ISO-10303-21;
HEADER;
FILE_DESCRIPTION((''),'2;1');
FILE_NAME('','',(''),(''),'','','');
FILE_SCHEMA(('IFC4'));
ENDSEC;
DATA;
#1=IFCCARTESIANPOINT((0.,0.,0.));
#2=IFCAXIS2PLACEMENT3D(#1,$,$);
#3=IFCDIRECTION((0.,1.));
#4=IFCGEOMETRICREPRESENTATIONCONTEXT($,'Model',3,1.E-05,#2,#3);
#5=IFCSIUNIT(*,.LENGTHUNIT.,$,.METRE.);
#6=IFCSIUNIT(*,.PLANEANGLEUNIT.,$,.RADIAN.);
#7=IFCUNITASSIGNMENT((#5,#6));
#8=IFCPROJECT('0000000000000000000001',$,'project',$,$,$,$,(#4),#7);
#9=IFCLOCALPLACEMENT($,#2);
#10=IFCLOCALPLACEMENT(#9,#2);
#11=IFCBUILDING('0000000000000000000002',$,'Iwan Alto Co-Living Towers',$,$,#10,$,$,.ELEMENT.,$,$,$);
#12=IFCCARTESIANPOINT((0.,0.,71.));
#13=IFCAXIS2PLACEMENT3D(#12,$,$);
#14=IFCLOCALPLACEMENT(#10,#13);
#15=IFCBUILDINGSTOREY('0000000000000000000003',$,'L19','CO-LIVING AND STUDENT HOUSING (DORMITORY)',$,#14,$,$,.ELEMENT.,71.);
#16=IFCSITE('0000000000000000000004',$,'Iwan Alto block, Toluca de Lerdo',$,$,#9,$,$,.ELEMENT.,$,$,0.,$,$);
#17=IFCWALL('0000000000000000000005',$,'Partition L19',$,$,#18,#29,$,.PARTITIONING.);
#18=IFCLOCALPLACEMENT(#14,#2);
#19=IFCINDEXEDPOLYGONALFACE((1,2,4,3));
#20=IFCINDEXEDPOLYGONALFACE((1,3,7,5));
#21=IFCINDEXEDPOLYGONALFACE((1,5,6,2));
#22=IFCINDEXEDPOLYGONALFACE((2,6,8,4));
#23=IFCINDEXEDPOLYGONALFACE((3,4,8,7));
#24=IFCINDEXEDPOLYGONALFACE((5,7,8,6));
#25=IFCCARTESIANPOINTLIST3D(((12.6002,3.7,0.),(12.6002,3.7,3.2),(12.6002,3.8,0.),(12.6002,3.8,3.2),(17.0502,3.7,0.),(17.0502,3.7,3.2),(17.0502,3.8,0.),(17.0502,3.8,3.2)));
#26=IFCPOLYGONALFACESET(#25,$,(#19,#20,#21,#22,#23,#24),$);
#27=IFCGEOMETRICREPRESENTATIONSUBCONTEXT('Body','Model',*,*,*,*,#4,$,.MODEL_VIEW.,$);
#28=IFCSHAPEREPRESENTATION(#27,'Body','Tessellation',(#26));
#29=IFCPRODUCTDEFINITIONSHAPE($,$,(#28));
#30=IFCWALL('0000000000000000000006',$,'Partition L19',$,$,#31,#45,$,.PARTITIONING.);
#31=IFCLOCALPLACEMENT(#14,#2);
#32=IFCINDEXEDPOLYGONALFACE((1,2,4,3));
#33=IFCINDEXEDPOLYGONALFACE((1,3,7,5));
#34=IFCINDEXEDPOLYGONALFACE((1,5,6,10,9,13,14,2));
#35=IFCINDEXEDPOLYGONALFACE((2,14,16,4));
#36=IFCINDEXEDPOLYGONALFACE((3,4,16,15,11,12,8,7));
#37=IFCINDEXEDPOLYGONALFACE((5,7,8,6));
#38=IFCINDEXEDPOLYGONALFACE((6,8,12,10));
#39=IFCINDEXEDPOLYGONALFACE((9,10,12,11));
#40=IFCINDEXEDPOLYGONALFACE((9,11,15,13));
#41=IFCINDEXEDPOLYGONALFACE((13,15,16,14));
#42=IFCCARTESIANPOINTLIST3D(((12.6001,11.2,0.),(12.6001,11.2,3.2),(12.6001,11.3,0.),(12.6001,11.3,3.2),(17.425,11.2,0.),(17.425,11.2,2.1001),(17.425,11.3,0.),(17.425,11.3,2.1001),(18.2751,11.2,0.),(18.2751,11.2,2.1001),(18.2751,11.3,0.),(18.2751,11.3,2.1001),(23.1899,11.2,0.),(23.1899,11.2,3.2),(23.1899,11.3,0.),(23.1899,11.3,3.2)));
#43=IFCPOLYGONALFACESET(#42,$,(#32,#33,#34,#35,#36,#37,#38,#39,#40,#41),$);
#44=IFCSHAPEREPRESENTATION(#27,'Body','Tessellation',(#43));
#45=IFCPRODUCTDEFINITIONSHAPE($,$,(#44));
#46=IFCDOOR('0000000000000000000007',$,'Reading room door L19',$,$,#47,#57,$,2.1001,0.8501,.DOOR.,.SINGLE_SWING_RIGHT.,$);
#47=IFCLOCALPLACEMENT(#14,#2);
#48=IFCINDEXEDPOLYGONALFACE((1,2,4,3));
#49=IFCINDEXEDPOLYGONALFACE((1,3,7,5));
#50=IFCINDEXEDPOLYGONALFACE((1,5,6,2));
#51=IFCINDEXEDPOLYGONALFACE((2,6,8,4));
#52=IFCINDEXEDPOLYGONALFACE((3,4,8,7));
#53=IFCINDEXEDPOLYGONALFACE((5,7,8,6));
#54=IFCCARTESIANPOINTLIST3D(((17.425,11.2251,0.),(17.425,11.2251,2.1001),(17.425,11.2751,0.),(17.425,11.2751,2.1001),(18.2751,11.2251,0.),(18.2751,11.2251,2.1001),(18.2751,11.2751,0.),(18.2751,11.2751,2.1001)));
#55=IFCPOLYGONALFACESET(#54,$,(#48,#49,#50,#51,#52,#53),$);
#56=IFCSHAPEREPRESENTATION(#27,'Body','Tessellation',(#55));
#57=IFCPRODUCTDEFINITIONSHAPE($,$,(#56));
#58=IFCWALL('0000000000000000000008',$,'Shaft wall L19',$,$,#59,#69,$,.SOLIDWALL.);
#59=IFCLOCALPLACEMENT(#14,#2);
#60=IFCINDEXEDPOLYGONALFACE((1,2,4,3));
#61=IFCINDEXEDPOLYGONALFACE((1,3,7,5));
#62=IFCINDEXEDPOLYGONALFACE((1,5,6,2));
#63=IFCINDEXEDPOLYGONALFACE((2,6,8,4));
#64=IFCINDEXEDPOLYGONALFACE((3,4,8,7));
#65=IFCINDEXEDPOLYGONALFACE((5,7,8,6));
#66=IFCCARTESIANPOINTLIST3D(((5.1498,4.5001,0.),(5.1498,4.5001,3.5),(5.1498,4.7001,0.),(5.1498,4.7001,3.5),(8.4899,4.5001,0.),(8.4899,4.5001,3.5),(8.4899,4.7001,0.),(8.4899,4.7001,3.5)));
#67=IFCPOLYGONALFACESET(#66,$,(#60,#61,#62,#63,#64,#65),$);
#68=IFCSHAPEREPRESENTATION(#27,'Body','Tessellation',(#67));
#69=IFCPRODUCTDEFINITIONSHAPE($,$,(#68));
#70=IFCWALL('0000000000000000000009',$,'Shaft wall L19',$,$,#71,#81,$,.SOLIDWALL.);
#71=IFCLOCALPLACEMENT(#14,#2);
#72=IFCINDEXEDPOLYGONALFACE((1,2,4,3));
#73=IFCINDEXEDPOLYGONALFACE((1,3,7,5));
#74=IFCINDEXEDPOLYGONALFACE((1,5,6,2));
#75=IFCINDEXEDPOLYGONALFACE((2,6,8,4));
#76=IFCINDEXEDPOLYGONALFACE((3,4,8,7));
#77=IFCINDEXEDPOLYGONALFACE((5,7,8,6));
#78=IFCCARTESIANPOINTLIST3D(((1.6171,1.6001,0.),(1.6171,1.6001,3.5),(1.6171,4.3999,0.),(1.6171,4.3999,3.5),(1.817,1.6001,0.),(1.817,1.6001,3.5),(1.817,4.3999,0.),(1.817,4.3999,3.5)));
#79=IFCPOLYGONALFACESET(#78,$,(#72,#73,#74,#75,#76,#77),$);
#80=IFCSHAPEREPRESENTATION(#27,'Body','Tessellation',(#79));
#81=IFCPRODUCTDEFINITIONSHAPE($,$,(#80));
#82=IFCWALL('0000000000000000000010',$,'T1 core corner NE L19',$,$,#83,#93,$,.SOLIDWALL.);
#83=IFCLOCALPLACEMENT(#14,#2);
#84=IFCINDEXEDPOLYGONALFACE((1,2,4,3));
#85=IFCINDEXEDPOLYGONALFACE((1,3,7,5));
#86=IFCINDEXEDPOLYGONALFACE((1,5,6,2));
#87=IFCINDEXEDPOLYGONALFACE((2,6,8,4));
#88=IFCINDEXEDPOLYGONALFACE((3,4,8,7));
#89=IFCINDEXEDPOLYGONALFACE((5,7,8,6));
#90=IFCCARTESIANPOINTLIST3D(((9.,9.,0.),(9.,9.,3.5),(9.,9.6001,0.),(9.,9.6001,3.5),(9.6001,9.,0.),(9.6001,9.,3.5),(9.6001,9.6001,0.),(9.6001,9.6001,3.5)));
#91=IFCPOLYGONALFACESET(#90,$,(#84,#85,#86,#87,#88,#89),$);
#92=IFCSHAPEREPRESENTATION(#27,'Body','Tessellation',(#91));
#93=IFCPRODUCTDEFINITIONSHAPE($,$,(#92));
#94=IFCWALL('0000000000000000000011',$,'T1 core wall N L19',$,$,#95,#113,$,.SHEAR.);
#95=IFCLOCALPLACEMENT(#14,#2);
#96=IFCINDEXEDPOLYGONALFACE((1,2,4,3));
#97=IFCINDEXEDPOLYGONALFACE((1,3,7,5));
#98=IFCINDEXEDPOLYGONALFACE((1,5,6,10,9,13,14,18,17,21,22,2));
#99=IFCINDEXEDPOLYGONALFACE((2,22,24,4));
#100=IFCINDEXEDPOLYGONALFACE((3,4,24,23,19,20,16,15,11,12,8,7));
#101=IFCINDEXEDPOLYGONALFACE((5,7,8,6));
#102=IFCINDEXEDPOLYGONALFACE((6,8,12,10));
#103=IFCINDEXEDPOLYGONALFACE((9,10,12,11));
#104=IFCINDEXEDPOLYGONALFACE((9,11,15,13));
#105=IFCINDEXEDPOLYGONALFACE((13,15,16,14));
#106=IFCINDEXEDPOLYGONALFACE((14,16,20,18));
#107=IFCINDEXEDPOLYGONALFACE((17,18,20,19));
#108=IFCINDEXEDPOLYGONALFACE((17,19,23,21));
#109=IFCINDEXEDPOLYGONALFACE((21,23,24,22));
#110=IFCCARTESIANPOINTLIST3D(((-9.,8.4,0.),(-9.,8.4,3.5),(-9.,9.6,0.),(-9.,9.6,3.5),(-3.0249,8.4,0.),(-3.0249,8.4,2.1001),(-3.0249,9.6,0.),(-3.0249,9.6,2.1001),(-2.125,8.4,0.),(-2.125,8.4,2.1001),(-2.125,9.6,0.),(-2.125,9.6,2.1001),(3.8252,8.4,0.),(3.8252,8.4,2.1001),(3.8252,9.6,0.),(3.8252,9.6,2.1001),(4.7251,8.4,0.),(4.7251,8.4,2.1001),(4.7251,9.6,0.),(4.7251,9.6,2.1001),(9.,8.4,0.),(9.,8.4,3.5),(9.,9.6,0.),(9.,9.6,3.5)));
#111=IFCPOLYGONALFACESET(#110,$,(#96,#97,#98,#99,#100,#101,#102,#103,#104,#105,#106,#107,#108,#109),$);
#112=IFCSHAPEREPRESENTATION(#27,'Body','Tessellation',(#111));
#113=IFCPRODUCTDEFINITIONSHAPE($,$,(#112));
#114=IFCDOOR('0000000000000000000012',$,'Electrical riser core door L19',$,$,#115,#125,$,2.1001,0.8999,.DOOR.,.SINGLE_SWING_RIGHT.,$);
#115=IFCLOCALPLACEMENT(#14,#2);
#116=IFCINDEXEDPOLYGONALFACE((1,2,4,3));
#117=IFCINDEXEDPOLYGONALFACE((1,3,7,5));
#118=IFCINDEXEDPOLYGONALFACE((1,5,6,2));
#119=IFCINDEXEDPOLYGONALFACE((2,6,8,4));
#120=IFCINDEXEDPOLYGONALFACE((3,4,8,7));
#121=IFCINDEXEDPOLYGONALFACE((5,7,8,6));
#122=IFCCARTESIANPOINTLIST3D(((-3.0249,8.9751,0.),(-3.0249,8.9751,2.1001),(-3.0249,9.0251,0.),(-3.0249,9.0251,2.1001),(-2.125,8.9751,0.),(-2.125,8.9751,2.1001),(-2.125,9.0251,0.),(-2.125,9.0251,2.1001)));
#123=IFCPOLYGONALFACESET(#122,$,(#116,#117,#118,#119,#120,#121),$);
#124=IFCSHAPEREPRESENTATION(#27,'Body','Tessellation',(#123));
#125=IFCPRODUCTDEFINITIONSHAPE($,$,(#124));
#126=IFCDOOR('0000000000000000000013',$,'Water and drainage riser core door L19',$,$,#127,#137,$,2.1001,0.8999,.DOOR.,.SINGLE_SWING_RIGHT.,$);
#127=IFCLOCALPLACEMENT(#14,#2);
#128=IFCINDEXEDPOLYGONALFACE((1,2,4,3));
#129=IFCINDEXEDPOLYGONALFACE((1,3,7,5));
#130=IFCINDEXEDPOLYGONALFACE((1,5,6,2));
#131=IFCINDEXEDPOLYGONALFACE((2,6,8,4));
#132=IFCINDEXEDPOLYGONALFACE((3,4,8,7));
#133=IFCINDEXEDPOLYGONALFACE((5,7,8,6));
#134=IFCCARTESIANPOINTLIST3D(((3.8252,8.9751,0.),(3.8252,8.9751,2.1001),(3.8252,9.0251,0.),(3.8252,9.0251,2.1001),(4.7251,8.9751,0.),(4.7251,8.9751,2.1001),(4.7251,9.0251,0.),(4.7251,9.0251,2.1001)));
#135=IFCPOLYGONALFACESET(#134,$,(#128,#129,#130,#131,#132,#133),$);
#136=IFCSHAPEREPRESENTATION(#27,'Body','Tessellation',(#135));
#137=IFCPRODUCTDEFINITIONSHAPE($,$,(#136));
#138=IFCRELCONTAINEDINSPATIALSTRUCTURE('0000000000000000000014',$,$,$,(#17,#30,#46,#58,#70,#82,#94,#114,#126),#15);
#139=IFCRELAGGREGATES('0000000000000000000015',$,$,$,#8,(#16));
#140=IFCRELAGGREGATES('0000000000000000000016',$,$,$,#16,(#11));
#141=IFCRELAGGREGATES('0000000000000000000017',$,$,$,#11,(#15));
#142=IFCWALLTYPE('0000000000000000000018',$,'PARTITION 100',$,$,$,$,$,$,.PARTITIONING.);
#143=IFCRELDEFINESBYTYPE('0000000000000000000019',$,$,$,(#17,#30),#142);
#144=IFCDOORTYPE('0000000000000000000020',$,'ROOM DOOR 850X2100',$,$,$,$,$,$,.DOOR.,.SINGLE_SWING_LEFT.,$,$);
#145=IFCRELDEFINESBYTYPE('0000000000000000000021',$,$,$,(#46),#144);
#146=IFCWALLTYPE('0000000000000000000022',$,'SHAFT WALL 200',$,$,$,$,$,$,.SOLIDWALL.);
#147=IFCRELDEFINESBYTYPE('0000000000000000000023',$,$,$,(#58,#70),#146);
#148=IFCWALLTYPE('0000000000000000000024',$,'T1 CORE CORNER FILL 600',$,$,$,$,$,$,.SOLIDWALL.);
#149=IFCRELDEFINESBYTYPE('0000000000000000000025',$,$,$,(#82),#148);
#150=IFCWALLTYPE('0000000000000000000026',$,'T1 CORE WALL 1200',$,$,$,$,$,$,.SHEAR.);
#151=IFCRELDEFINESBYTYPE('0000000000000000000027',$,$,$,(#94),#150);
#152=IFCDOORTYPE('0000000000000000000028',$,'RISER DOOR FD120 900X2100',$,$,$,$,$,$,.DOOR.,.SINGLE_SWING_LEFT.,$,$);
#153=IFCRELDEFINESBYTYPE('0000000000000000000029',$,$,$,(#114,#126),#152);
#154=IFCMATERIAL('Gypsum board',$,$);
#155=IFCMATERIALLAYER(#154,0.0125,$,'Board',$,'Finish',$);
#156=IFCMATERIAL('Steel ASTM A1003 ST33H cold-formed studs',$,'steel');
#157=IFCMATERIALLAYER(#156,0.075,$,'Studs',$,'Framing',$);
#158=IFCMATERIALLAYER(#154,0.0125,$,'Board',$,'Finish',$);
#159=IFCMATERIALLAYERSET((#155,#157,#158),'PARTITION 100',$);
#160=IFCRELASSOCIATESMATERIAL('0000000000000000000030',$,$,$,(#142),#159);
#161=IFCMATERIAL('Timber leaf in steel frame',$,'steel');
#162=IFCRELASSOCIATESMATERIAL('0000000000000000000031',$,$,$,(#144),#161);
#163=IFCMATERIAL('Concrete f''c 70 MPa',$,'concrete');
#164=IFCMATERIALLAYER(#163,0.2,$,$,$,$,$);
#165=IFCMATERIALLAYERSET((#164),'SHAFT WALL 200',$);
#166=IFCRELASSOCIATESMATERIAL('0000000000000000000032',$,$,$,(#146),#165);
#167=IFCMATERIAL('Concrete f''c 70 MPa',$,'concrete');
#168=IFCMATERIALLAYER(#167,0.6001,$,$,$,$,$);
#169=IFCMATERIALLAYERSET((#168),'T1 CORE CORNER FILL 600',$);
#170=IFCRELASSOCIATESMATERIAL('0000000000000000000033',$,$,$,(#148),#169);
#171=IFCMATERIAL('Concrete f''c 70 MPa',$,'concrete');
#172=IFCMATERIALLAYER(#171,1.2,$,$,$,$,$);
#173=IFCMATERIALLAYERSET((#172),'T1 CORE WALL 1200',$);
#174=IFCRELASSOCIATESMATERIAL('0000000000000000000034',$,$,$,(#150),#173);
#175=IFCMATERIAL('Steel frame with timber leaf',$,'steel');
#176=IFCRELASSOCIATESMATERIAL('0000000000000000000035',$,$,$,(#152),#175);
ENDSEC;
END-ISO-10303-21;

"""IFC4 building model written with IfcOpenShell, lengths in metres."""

from ifc_helpers import new_model, si_unit, direction, frame, frame_2d, origin, place, context, subcontext, project, spatial, rectangle, extrude, material, layer, layer_set, type_object, element, fill, save


model = new_model("IFC4")

# Units and contexts
model_context = context("Model", 3, precision=1e-05, world=origin(), true_north=direction((0.0, 1.0)))
body_context = subcontext(model_context, "Body", "Model", "MODEL_VIEW")
ifc_project = project(units=[si_unit("LENGTHUNIT", "METRE"), si_unit("PLANEANGLEUNIT", "RADIAN")], contexts=[model_context])

# Site, building, storey
site_placement = place(None, origin())
site = spatial("IfcSite", under=ifc_project, at=site_placement, Name="Iwan Alto block, Toluca de Lerdo", CompositionType="ELEMENT", RefElevation=0.0)
building_placement = place(site_placement, origin())
building = spatial("IfcBuilding", under=site, at=building_placement, Name="Iwan Alto Co-Living Towers", CompositionType="ELEMENT")
storey_placement = place(building_placement, frame((0.0, 0.0, 71.0)))
storey = spatial("IfcBuildingStorey", under=building, at=storey_placement, Name="L19", Description="CO-LIVING AND STUDENT HOUSING (DORMITORY)", CompositionType="ELEMENT", Elevation=71.0)

# Wall
ifc_material_1 = material(Name="Gypsum board")
ifc_layer_1 = layer(ifc_material_1, 0.0125, Name="Board", Category="Finish")
ifc_material_2 = material(Name="Steel ASTM A1003 ST33H cold-formed studs", Category="steel")
ifc_layer_2 = layer(ifc_material_2, 0.075, Name="Studs", Category="Framing")
ifc_layer_3 = layer(ifc_material_1, 0.0125, Name="Board", Category="Finish")
ifc_layer_set_1 = layer_set([ifc_layer_1, ifc_layer_2, ifc_layer_3], Name="PARTITION 100")
wall_type_1 = type_object("IfcWallType", Name="PARTITION 100", PredefinedType="PARTITIONING", material=ifc_layer_set_1)
wall_1_placement = place(storey_placement, frame((12.6001, 3.75, 0.0), z_axis=(0.0, 0.0, 1.0), x_axis=(1.0, 0.0, 0.0)))
element("IfcWall", 1, at=wall_1_placement, inside=storey, type_object=wall_type_1, Name="Partition L19", PredefinedType="PARTITIONING", context=body_context, shape_type="SweptSolid", body=[
    extrude(rectangle(XDim=4.45, YDim=0.1001, at=frame_2d((2.2251, 0.0))), origin(), (0.0, 0.0, 1.0), 3.2),
])

# Wall, opening, door
wall_2_placement = place(storey_placement, frame((12.6001, 11.25, 0.0), z_axis=(0.0, 0.0, 1.0), x_axis=(1.0, 0.0, 0.0)))
wall_2 = element("IfcWall", 2, at=wall_2_placement, inside=storey, type_object=wall_type_1, Name="Partition L19", PredefinedType="PARTITIONING", context=body_context, shape_type="SweptSolid", body=[
    extrude(rectangle(XDim=10.5898, YDim=0.1001, at=frame_2d((5.2949, 0.0))), origin(), (0.0, 0.0, 1.0), 3.2),
])
opening_1_placement = place(wall_2_placement, frame((4.825, 0.0, 0.0)))
opening_1 = element("IfcOpeningElement", 3, at=opening_1_placement, cuts=wall_2, PredefinedType="OPENING", context=body_context, shape_type="SweptSolid", body=[
    extrude(rectangle(XDim=0.8501, YDim=2.1001, at=frame_2d((0.425, 1.05))), frame((0.0, 0.0601, 0.0), z_axis=(0.0, -1.0, 0.0), x_axis=(1.0, 0.0, 0.0)), (0.0, 0.0, 1.0), 0.1201),
])
ifc_material_3 = material(Name="Timber leaf in steel frame", Category="steel")
door_type_1 = type_object("IfcDoorType", Name="ROOM DOOR 850X2100", OperationType="SINGLE_SWING_LEFT", PredefinedType="DOOR", material=ifc_material_3)
door_1_placement = place(opening_1_placement, frame((0.8501, 0.0, 0.0), z_axis=(0.0, 0.0, 1.0), x_axis=(-1.0, 0.0, 0.0)))
door_1 = element("IfcDoor", 4, at=door_1_placement, inside=storey, type_object=door_type_1, Name="Reading room door L19", OperationType="SINGLE_SWING_RIGHT", OverallHeight=2.1001, OverallWidth=0.8501, PredefinedType="DOOR", context=body_context, shape_type="SweptSolid", body=[
    extrude(rectangle(XDim=0.8501, YDim=2.1001, at=frame_2d((0.425, 1.05))), frame((0.0, 0.0249, 0.0), z_axis=(0.0, -1.0, 0.0), x_axis=(1.0, 0.0, 0.0)), (0.0, 0.0, 1.0), 0.05),
])
fill(opening_1, door_1)

# Walls
ifc_material_4 = material(Name="Concrete f'c 70 MPa", Category="concrete")
ifc_layer_4 = layer(ifc_material_4, 0.2)
ifc_layer_set_2 = layer_set([ifc_layer_4], Name="SHAFT WALL 200")
wall_type_2 = type_object("IfcWallType", Name="SHAFT WALL 200", PredefinedType="SOLIDWALL", material=ifc_layer_set_2)
wall_3_placement = place(storey_placement, frame((5.1499, 4.6001, 0.0), z_axis=(0.0, 0.0, 1.0), x_axis=(1.0, 0.0, 0.0)))
element("IfcWall", 5, at=wall_3_placement, inside=storey, type_object=wall_type_2, Name="Shaft wall L19", PredefinedType="SOLIDWALL", context=body_context, shape_type="SweptSolid", body=[
    extrude(rectangle(XDim=3.3401, YDim=0.2, at=frame_2d((1.6699, 0.0))), origin(), (0.0, 0.0, 1.0), 3.5),
])
wall_4_placement = place(storey_placement, frame((1.717, 1.6001, 0.0), z_axis=(0.0, 0.0, 1.0), x_axis=(0.0, 1.0, 0.0)))
element("IfcWall", 6, at=wall_4_placement, inside=storey, type_object=wall_type_2, Name="Shaft wall L19", PredefinedType="SOLIDWALL", context=body_context, shape_type="SweptSolid", body=[
    extrude(rectangle(XDim=2.7998, YDim=0.2, at=frame_2d((1.3999, 0.0))), origin(), (0.0, 0.0, 1.0), 3.5),
])
ifc_material_5 = material(Name="Concrete f'c 70 MPa", Category="concrete")
ifc_layer_5 = layer(ifc_material_5, 0.6001)
ifc_layer_set_3 = layer_set([ifc_layer_5], Name="T1 CORE CORNER FILL 600")
wall_type_3 = type_object("IfcWallType", Name="T1 CORE CORNER FILL 600", PredefinedType="SOLIDWALL", material=ifc_layer_set_3)
wall_5_placement = place(storey_placement, frame((9.0, 9.3, 0.0), z_axis=(0.0, 0.0, 1.0), x_axis=(1.0, 0.0, 0.0)))
element("IfcWall", 7, at=wall_5_placement, inside=storey, type_object=wall_type_3, Name="T1 core corner NE L19", PredefinedType="SOLIDWALL", context=body_context, shape_type="SweptSolid", body=[
    extrude(rectangle(XDim=0.6001, YDim=0.6001, at=frame_2d((0.3, 0.0))), origin(), (0.0, 0.0, 1.0), 3.5),
])

# Wall, openings, doors
ifc_material_6 = material(Name="Concrete f'c 70 MPa", Category="concrete")
ifc_layer_6 = layer(ifc_material_6, 1.2)
ifc_layer_set_4 = layer_set([ifc_layer_6], Name="T1 CORE WALL 1200")
wall_type_4 = type_object("IfcWallType", Name="T1 CORE WALL 1200", PredefinedType="SHEAR", material=ifc_layer_set_4)
wall_6_placement = place(storey_placement, frame((9.0, 9.0, 0.0), z_axis=(0.0, 0.0, 1.0), x_axis=(-1.0, 0.0, 0.0)))
wall_6 = element("IfcWall", 8, at=wall_6_placement, inside=storey, type_object=wall_type_4, Name="T1 core wall N L19", PredefinedType="SHEAR", context=body_context, shape_type="SweptSolid", body=[
    extrude(rectangle(XDim=18.0, YDim=1.2, at=frame_2d((9.0, 0.0))), origin(), (0.0, 0.0, 1.0), 3.5),
])
opening_2_placement = place(wall_6_placement, frame((11.125, 0.0, 0.0)))
opening_2 = element("IfcOpeningElement", 9, at=opening_2_placement, cuts=wall_6, PredefinedType="OPENING", context=body_context, shape_type="SweptSolid", body=[
    extrude(rectangle(XDim=0.8999, YDim=2.1001, at=frame_2d((0.45, 1.05))), frame((0.0, 0.6099, 0.0), z_axis=(0.0, -1.0, 0.0), x_axis=(1.0, 0.0, 0.0)), (0.0, 0.0, 1.0), 1.22),
])
opening_3_placement = place(wall_6_placement, frame((4.2749, 0.0, 0.0)))
opening_3 = element("IfcOpeningElement", 10, at=opening_3_placement, cuts=wall_6, PredefinedType="OPENING", context=body_context, shape_type="SweptSolid", body=[
    extrude(rectangle(XDim=0.8999, YDim=2.1001, at=frame_2d((0.45, 1.05))), frame((0.0, 0.6099, 0.0), z_axis=(0.0, -1.0, 0.0), x_axis=(1.0, 0.0, 0.0)), (0.0, 0.0, 1.0), 1.22),
])
ifc_material_7 = material(Name="Steel frame with timber leaf", Category="steel")
door_type_2 = type_object("IfcDoorType", Name="RISER DOOR FD120 900X2100", OperationType="SINGLE_SWING_LEFT", PredefinedType="DOOR", material=ifc_material_7)
door_2_placement = place(opening_2_placement, origin())
door_2 = element("IfcDoor", 11, at=door_2_placement, inside=storey, type_object=door_type_2, Name="Electrical riser core door L19", OperationType="SINGLE_SWING_RIGHT", OverallHeight=2.1001, OverallWidth=0.8999, PredefinedType="DOOR", context=body_context, shape_type="SweptSolid", body=[
    extrude(rectangle(XDim=0.8999, YDim=2.1001, at=frame_2d((0.45, 1.05))), frame((0.0, 0.0249, 0.0), z_axis=(0.0, -1.0, 0.0), x_axis=(1.0, 0.0, 0.0)), (0.0, 0.0, 1.0), 0.05),
])
fill(opening_2, door_2)
door_3_placement = place(opening_3_placement, origin())
door_3 = element("IfcDoor", 12, at=door_3_placement, inside=storey, type_object=door_type_2, Name="Water and drainage riser core door L19", OperationType="SINGLE_SWING_RIGHT", OverallHeight=2.1001, OverallWidth=0.8999, PredefinedType="DOOR", context=body_context, shape_type="SweptSolid", body=[
    extrude(rectangle(XDim=0.8999, YDim=2.1001, at=frame_2d((0.45, 1.05))), frame((0.0, 0.0249, 0.0), z_axis=(0.0, -1.0, 0.0), x_axis=(1.0, 0.0, 0.0)), (0.0, 0.0, 1.0), 0.05),
])
fill(opening_3, door_3)

save(model, "model.ifc")
